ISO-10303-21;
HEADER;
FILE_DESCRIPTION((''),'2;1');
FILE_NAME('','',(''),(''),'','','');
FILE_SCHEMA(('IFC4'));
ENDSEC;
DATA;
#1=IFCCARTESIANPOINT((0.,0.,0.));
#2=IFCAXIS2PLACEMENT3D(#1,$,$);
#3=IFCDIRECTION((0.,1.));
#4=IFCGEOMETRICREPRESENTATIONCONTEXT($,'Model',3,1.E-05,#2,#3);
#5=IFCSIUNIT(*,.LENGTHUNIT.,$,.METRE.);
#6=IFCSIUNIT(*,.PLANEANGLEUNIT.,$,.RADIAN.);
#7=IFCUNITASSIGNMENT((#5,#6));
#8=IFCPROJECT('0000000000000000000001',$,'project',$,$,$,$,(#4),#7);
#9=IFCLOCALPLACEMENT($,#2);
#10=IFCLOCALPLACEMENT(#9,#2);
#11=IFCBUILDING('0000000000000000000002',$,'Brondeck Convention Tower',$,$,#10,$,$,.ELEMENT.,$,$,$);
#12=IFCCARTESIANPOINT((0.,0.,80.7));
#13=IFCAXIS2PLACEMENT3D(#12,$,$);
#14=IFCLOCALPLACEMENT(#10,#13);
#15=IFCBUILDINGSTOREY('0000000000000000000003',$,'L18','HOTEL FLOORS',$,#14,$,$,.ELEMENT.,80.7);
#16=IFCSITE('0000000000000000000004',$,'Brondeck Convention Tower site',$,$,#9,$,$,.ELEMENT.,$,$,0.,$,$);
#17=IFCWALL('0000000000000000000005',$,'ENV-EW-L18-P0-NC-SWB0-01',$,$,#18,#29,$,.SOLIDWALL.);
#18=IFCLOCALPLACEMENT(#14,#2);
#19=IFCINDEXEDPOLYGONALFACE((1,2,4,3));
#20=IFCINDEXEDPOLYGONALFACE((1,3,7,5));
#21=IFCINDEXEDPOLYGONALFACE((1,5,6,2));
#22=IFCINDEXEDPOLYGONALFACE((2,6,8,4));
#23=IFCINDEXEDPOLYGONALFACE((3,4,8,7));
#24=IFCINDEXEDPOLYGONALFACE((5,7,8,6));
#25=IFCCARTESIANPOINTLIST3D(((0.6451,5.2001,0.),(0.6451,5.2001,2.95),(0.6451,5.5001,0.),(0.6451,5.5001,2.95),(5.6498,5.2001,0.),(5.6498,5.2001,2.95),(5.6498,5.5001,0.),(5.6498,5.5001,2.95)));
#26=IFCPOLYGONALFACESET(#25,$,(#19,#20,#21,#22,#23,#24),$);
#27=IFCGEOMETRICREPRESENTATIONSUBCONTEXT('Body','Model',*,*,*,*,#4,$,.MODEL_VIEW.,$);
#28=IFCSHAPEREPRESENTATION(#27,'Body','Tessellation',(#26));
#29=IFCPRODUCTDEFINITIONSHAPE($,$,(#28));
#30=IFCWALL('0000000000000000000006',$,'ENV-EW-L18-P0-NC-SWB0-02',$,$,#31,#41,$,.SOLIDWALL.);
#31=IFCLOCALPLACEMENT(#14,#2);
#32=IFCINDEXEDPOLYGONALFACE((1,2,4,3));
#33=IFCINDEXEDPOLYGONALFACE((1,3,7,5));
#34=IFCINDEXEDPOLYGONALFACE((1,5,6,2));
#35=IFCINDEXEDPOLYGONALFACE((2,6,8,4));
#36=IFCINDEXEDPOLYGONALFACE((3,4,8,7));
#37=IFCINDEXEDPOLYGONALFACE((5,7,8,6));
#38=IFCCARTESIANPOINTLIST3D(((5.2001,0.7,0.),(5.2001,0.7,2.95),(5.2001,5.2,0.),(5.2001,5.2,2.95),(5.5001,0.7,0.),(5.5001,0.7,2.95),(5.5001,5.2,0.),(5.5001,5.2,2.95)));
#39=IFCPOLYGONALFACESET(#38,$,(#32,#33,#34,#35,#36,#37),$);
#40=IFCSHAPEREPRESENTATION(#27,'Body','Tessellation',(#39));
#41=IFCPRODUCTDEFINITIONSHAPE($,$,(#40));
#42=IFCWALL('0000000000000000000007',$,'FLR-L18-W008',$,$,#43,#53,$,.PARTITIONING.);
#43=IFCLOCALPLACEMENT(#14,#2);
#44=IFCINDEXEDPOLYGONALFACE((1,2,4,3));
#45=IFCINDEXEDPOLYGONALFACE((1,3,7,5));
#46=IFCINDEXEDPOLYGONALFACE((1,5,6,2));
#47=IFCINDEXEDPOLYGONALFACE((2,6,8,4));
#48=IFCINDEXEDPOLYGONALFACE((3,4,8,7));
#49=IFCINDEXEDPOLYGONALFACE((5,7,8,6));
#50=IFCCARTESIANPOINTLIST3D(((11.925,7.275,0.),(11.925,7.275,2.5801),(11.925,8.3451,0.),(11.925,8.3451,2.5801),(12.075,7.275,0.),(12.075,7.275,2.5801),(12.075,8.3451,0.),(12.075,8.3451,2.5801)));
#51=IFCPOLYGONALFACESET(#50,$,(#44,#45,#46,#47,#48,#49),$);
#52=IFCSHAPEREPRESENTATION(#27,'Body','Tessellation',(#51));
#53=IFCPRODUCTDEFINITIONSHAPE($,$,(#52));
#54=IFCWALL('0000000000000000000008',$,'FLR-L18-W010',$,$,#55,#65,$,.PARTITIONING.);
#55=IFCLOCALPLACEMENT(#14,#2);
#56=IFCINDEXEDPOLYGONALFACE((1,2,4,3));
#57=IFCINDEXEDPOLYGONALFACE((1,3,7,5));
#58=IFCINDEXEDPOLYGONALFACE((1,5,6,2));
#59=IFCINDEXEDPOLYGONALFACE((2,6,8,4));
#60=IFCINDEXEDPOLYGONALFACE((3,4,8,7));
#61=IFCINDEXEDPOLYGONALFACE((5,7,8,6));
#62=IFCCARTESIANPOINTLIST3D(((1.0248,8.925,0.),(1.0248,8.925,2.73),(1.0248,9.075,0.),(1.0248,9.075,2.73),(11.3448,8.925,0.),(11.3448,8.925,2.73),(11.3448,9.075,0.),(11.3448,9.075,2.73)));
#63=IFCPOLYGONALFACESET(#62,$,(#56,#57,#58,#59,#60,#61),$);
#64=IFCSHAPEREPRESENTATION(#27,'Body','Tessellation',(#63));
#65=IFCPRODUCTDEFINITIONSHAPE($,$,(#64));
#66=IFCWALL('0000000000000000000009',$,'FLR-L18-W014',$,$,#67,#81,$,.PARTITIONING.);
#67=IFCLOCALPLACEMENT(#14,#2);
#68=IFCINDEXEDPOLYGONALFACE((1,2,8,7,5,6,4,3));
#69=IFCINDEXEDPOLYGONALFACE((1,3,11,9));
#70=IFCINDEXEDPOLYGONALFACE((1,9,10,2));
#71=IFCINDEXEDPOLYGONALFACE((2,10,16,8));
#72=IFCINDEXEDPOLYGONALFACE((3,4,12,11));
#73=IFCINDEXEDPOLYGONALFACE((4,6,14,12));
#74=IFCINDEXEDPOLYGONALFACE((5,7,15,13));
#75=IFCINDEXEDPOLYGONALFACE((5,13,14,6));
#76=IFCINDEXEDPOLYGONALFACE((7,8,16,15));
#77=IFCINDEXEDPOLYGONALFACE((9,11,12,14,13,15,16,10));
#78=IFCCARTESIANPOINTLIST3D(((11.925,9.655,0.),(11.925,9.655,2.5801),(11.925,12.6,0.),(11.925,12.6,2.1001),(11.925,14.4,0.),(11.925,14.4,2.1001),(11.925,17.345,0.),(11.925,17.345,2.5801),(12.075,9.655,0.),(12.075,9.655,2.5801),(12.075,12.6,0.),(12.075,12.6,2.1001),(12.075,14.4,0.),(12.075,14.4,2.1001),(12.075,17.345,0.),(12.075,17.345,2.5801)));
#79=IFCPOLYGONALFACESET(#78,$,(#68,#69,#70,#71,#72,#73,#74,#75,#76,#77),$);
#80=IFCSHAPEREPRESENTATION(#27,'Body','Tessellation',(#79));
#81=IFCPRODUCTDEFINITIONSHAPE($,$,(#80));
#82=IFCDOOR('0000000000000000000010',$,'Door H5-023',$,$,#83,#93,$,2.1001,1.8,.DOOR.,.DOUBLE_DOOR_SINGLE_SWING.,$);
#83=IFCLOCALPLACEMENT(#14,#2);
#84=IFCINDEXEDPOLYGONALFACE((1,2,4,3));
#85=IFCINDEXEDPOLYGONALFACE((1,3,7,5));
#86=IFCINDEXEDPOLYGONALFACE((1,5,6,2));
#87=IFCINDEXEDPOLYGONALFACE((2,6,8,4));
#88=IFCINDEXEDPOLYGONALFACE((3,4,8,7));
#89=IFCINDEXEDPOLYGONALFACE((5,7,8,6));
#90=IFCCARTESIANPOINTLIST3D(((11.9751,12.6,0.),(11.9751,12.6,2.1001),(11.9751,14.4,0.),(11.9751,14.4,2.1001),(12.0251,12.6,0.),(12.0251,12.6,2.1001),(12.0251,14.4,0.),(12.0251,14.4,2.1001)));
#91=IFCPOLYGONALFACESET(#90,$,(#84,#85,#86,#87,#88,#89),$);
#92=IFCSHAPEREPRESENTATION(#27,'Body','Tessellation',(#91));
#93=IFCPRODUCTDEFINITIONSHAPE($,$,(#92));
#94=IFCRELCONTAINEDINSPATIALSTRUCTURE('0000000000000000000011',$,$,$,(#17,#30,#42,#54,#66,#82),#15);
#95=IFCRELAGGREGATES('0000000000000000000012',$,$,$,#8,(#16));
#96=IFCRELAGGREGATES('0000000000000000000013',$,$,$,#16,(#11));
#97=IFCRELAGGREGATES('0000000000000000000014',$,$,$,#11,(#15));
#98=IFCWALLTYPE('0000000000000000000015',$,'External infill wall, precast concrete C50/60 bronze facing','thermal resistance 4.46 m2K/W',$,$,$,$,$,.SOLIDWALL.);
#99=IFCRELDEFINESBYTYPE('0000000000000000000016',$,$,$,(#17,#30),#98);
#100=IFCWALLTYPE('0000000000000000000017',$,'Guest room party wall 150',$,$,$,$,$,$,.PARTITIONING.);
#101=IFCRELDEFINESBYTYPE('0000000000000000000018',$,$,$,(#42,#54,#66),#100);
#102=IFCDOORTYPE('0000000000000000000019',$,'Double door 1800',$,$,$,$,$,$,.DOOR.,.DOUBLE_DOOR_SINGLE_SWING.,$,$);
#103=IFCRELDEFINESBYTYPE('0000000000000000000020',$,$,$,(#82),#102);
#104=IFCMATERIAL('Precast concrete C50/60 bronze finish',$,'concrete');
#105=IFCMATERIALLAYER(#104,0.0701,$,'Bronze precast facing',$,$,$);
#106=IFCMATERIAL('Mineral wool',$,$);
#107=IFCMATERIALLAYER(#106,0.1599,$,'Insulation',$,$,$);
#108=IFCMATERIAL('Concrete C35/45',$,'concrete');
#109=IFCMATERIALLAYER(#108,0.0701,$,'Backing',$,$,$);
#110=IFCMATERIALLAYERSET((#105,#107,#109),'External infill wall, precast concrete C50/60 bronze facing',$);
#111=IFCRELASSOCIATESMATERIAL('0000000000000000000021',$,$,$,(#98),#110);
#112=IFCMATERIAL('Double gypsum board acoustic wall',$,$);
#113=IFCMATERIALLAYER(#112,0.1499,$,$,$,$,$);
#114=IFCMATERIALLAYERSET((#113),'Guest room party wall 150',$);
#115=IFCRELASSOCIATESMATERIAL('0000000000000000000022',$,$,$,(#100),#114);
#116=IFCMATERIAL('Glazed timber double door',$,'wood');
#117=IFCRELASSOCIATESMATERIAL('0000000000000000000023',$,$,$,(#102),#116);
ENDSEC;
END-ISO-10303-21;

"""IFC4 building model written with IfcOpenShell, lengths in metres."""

from ifc_helpers import new_model, si_unit, direction, frame, frame_2d, origin, place, context, subcontext, project, spatial, rectangle, extrude, material, layer, layer_set, type_object, element, fill, save


model = new_model("IFC4")

# Units and contexts
model_context = context("Model", 3, precision=1e-05, world=origin(), true_north=direction((0.0, 1.0)))
body_context = subcontext(model_context, "Body", "Model", "MODEL_VIEW")
ifc_project = project(units=[si_unit("LENGTHUNIT", "METRE"), si_unit("PLANEANGLEUNIT", "RADIAN")], contexts=[model_context])

# Site, building, storey
site_placement = place(None, origin())
site = spatial("IfcSite", under=ifc_project, at=site_placement, Name="Brondeck Convention Tower site", CompositionType="ELEMENT", RefElevation=0.0)
building_placement = place(site_placement, origin())
building = spatial("IfcBuilding", under=site, at=building_placement, Name="Brondeck Convention Tower", CompositionType="ELEMENT")
storey_placement = place(building_placement, frame((0.0, 0.0, 80.7)))
storey = spatial("IfcBuildingStorey", under=building, at=storey_placement, Name="L18", Description="HOTEL FLOORS", CompositionType="ELEMENT", Elevation=80.7)

# Shared definitions
ifc_material_1 = material(Name="Concrete C35/45", Category="concrete")

# Shared definitions
ifc_material_2 = material(Name="Precast concrete C50/60 bronze finish", Category="concrete")
ifc_layer_1 = layer(ifc_material_2, 0.0701, Name="Bronze precast facing")
ifc_material_3 = material(Name="Mineral wool")
ifc_layer_2 = layer(ifc_material_3, 0.1599, Name="Insulation")
ifc_layer_3 = layer(ifc_material_1, 0.0701, Name="Backing")
ifc_layer_set_1 = layer_set([ifc_layer_1, ifc_layer_2, ifc_layer_3], Name="External infill wall, precast concrete C50/60 bronze facing")
wall_type_1 = type_object("IfcWallType", Name="External infill wall, precast concrete C50/60 bronze facing", Description="thermal resistance 4.46 m2K/W", PredefinedType="SOLIDWALL", material=ifc_layer_set_1)

# Walls
wall_1_placement = place(storey_placement, frame((5.6499, 5.3501, 0.0), z_axis=(0.0, 0.0, 1.0), x_axis=(-1.0, 0.0, 0.0)))
element("IfcWall", 1, at=wall_1_placement, inside=storey, type_object=wall_type_1, Name="ENV-EW-L18-P0-NC-SWB0-01", PredefinedType="SOLIDWALL", context=body_context, shape_type="SweptSolid", body=[
    extrude(rectangle(XDim=5.0046, YDim=0.3, at=frame_2d((2.5024, 0.0))), origin(), (0.0, 0.0, 1.0), 2.95),
])
wall_2_placement = place(storey_placement, frame((5.3501, 0.7, 0.0), z_axis=(0.0, 0.0, 1.0), x_axis=(0.0, 1.0, 0.0)))
element("IfcWall", 2, at=wall_2_placement, inside=storey, type_object=wall_type_1, Name="ENV-EW-L18-P0-NC-SWB0-02", PredefinedType="SOLIDWALL", context=body_context, shape_type="SweptSolid", body=[
    extrude(rectangle(XDim=4.5, YDim=0.3, at=frame_2d((2.25, 0.0))), origin(), (0.0, 0.0, 1.0), 2.95),
])
ifc_material_4 = material(Name="Double gypsum board acoustic wall")
ifc_layer_4 = layer(ifc_material_4, 0.1499)
ifc_layer_set_2 = layer_set([ifc_layer_4], Name="Guest room party wall 150")
wall_type_2 = type_object("IfcWallType", Name="Guest room party wall 150", PredefinedType="PARTITIONING", material=ifc_layer_set_2)
wall_3_placement = place(storey_placement, frame((12.0, 7.2749, 0.0), z_axis=(0.0, 0.0, 1.0), x_axis=(0.0, 1.0, 0.0)))
element("IfcWall", 3, at=wall_3_placement, inside=storey, type_object=wall_type_2, Name="FLR-L18-W008", PredefinedType="PARTITIONING", context=body_context, shape_type="SweptSolid", body=[
    extrude(rectangle(XDim=1.0701, YDim=0.1499, at=frame_2d((0.5352, 0.0))), origin(), (0.0, 0.0, 1.0), 2.5801),
])
wall_4_placement = place(storey_placement, frame((11.345, 9.0, 0.0), z_axis=(0.0, 0.0, 1.0), x_axis=(-1.0, 0.0, 0.0)))
element("IfcWall", 4, at=wall_4_placement, inside=storey, type_object=wall_type_2, Name="FLR-L18-W010", PredefinedType="PARTITIONING", context=body_context, shape_type="SweptSolid", body=[
    extrude(rectangle(XDim=10.3201, YDim=0.1499, at=frame_2d((5.1602, 0.0))), origin(), (0.0, 0.0, 1.0), 2.73),
])

# Wall, opening, door
wall_5_placement = place(storey_placement, frame((12.0, 9.655, 0.0), z_axis=(0.0, 0.0, 1.0), x_axis=(0.0, 1.0, 0.0)))
wall_5 = element("IfcWall", 5, at=wall_5_placement, inside=storey, type_object=wall_type_2, Name="FLR-L18-W014", PredefinedType="PARTITIONING", context=body_context, shape_type="SweptSolid", body=[
    extrude(rectangle(XDim=7.6899, YDim=0.1499, at=frame_2d((3.845, 0.0))), origin(), (0.0, 0.0, 1.0), 2.5801),
])
opening_1_placement = place(wall_5_placement, frame((2.9451, 0.0, 0.0)))
opening_1 = element("IfcOpeningElement", 6, at=opening_1_placement, cuts=wall_5, PredefinedType="OPENING", context=body_context, shape_type="SweptSolid", body=[
    extrude(rectangle(XDim=1.8, YDim=2.1001, at=frame_2d((0.8999, 1.05))), frame((0.0, 0.085, 0.0), z_axis=(0.0, -1.0, 0.0), x_axis=(1.0, 0.0, 0.0)), (0.0, 0.0, 1.0), 0.1699),
])
ifc_material_5 = material(Name="Glazed timber double door", Category="wood")
door_type = type_object("IfcDoorType", Name="Double door 1800", OperationType="DOUBLE_DOOR_SINGLE_SWING", PredefinedType="DOOR", material=ifc_material_5)
door_placement = place(opening_1_placement, origin())
door = element("IfcDoor", 7, at=door_placement, inside=storey, type_object=door_type, Name="Door H5-023", OperationType="DOUBLE_DOOR_SINGLE_SWING", OverallHeight=2.1001, OverallWidth=1.8, PredefinedType="DOOR", context=body_context, shape_type="SweptSolid", body=[
    extrude(rectangle(XDim=1.8, YDim=2.1001, at=frame_2d((0.8999, 1.05))), frame((0.0, 0.0249, 0.0), z_axis=(0.0, -1.0, 0.0), x_axis=(1.0, 0.0, 0.0)), (0.0, 0.0, 1.0), 0.05),
])
fill(opening_1, door)

save(model, "model.ifc")
